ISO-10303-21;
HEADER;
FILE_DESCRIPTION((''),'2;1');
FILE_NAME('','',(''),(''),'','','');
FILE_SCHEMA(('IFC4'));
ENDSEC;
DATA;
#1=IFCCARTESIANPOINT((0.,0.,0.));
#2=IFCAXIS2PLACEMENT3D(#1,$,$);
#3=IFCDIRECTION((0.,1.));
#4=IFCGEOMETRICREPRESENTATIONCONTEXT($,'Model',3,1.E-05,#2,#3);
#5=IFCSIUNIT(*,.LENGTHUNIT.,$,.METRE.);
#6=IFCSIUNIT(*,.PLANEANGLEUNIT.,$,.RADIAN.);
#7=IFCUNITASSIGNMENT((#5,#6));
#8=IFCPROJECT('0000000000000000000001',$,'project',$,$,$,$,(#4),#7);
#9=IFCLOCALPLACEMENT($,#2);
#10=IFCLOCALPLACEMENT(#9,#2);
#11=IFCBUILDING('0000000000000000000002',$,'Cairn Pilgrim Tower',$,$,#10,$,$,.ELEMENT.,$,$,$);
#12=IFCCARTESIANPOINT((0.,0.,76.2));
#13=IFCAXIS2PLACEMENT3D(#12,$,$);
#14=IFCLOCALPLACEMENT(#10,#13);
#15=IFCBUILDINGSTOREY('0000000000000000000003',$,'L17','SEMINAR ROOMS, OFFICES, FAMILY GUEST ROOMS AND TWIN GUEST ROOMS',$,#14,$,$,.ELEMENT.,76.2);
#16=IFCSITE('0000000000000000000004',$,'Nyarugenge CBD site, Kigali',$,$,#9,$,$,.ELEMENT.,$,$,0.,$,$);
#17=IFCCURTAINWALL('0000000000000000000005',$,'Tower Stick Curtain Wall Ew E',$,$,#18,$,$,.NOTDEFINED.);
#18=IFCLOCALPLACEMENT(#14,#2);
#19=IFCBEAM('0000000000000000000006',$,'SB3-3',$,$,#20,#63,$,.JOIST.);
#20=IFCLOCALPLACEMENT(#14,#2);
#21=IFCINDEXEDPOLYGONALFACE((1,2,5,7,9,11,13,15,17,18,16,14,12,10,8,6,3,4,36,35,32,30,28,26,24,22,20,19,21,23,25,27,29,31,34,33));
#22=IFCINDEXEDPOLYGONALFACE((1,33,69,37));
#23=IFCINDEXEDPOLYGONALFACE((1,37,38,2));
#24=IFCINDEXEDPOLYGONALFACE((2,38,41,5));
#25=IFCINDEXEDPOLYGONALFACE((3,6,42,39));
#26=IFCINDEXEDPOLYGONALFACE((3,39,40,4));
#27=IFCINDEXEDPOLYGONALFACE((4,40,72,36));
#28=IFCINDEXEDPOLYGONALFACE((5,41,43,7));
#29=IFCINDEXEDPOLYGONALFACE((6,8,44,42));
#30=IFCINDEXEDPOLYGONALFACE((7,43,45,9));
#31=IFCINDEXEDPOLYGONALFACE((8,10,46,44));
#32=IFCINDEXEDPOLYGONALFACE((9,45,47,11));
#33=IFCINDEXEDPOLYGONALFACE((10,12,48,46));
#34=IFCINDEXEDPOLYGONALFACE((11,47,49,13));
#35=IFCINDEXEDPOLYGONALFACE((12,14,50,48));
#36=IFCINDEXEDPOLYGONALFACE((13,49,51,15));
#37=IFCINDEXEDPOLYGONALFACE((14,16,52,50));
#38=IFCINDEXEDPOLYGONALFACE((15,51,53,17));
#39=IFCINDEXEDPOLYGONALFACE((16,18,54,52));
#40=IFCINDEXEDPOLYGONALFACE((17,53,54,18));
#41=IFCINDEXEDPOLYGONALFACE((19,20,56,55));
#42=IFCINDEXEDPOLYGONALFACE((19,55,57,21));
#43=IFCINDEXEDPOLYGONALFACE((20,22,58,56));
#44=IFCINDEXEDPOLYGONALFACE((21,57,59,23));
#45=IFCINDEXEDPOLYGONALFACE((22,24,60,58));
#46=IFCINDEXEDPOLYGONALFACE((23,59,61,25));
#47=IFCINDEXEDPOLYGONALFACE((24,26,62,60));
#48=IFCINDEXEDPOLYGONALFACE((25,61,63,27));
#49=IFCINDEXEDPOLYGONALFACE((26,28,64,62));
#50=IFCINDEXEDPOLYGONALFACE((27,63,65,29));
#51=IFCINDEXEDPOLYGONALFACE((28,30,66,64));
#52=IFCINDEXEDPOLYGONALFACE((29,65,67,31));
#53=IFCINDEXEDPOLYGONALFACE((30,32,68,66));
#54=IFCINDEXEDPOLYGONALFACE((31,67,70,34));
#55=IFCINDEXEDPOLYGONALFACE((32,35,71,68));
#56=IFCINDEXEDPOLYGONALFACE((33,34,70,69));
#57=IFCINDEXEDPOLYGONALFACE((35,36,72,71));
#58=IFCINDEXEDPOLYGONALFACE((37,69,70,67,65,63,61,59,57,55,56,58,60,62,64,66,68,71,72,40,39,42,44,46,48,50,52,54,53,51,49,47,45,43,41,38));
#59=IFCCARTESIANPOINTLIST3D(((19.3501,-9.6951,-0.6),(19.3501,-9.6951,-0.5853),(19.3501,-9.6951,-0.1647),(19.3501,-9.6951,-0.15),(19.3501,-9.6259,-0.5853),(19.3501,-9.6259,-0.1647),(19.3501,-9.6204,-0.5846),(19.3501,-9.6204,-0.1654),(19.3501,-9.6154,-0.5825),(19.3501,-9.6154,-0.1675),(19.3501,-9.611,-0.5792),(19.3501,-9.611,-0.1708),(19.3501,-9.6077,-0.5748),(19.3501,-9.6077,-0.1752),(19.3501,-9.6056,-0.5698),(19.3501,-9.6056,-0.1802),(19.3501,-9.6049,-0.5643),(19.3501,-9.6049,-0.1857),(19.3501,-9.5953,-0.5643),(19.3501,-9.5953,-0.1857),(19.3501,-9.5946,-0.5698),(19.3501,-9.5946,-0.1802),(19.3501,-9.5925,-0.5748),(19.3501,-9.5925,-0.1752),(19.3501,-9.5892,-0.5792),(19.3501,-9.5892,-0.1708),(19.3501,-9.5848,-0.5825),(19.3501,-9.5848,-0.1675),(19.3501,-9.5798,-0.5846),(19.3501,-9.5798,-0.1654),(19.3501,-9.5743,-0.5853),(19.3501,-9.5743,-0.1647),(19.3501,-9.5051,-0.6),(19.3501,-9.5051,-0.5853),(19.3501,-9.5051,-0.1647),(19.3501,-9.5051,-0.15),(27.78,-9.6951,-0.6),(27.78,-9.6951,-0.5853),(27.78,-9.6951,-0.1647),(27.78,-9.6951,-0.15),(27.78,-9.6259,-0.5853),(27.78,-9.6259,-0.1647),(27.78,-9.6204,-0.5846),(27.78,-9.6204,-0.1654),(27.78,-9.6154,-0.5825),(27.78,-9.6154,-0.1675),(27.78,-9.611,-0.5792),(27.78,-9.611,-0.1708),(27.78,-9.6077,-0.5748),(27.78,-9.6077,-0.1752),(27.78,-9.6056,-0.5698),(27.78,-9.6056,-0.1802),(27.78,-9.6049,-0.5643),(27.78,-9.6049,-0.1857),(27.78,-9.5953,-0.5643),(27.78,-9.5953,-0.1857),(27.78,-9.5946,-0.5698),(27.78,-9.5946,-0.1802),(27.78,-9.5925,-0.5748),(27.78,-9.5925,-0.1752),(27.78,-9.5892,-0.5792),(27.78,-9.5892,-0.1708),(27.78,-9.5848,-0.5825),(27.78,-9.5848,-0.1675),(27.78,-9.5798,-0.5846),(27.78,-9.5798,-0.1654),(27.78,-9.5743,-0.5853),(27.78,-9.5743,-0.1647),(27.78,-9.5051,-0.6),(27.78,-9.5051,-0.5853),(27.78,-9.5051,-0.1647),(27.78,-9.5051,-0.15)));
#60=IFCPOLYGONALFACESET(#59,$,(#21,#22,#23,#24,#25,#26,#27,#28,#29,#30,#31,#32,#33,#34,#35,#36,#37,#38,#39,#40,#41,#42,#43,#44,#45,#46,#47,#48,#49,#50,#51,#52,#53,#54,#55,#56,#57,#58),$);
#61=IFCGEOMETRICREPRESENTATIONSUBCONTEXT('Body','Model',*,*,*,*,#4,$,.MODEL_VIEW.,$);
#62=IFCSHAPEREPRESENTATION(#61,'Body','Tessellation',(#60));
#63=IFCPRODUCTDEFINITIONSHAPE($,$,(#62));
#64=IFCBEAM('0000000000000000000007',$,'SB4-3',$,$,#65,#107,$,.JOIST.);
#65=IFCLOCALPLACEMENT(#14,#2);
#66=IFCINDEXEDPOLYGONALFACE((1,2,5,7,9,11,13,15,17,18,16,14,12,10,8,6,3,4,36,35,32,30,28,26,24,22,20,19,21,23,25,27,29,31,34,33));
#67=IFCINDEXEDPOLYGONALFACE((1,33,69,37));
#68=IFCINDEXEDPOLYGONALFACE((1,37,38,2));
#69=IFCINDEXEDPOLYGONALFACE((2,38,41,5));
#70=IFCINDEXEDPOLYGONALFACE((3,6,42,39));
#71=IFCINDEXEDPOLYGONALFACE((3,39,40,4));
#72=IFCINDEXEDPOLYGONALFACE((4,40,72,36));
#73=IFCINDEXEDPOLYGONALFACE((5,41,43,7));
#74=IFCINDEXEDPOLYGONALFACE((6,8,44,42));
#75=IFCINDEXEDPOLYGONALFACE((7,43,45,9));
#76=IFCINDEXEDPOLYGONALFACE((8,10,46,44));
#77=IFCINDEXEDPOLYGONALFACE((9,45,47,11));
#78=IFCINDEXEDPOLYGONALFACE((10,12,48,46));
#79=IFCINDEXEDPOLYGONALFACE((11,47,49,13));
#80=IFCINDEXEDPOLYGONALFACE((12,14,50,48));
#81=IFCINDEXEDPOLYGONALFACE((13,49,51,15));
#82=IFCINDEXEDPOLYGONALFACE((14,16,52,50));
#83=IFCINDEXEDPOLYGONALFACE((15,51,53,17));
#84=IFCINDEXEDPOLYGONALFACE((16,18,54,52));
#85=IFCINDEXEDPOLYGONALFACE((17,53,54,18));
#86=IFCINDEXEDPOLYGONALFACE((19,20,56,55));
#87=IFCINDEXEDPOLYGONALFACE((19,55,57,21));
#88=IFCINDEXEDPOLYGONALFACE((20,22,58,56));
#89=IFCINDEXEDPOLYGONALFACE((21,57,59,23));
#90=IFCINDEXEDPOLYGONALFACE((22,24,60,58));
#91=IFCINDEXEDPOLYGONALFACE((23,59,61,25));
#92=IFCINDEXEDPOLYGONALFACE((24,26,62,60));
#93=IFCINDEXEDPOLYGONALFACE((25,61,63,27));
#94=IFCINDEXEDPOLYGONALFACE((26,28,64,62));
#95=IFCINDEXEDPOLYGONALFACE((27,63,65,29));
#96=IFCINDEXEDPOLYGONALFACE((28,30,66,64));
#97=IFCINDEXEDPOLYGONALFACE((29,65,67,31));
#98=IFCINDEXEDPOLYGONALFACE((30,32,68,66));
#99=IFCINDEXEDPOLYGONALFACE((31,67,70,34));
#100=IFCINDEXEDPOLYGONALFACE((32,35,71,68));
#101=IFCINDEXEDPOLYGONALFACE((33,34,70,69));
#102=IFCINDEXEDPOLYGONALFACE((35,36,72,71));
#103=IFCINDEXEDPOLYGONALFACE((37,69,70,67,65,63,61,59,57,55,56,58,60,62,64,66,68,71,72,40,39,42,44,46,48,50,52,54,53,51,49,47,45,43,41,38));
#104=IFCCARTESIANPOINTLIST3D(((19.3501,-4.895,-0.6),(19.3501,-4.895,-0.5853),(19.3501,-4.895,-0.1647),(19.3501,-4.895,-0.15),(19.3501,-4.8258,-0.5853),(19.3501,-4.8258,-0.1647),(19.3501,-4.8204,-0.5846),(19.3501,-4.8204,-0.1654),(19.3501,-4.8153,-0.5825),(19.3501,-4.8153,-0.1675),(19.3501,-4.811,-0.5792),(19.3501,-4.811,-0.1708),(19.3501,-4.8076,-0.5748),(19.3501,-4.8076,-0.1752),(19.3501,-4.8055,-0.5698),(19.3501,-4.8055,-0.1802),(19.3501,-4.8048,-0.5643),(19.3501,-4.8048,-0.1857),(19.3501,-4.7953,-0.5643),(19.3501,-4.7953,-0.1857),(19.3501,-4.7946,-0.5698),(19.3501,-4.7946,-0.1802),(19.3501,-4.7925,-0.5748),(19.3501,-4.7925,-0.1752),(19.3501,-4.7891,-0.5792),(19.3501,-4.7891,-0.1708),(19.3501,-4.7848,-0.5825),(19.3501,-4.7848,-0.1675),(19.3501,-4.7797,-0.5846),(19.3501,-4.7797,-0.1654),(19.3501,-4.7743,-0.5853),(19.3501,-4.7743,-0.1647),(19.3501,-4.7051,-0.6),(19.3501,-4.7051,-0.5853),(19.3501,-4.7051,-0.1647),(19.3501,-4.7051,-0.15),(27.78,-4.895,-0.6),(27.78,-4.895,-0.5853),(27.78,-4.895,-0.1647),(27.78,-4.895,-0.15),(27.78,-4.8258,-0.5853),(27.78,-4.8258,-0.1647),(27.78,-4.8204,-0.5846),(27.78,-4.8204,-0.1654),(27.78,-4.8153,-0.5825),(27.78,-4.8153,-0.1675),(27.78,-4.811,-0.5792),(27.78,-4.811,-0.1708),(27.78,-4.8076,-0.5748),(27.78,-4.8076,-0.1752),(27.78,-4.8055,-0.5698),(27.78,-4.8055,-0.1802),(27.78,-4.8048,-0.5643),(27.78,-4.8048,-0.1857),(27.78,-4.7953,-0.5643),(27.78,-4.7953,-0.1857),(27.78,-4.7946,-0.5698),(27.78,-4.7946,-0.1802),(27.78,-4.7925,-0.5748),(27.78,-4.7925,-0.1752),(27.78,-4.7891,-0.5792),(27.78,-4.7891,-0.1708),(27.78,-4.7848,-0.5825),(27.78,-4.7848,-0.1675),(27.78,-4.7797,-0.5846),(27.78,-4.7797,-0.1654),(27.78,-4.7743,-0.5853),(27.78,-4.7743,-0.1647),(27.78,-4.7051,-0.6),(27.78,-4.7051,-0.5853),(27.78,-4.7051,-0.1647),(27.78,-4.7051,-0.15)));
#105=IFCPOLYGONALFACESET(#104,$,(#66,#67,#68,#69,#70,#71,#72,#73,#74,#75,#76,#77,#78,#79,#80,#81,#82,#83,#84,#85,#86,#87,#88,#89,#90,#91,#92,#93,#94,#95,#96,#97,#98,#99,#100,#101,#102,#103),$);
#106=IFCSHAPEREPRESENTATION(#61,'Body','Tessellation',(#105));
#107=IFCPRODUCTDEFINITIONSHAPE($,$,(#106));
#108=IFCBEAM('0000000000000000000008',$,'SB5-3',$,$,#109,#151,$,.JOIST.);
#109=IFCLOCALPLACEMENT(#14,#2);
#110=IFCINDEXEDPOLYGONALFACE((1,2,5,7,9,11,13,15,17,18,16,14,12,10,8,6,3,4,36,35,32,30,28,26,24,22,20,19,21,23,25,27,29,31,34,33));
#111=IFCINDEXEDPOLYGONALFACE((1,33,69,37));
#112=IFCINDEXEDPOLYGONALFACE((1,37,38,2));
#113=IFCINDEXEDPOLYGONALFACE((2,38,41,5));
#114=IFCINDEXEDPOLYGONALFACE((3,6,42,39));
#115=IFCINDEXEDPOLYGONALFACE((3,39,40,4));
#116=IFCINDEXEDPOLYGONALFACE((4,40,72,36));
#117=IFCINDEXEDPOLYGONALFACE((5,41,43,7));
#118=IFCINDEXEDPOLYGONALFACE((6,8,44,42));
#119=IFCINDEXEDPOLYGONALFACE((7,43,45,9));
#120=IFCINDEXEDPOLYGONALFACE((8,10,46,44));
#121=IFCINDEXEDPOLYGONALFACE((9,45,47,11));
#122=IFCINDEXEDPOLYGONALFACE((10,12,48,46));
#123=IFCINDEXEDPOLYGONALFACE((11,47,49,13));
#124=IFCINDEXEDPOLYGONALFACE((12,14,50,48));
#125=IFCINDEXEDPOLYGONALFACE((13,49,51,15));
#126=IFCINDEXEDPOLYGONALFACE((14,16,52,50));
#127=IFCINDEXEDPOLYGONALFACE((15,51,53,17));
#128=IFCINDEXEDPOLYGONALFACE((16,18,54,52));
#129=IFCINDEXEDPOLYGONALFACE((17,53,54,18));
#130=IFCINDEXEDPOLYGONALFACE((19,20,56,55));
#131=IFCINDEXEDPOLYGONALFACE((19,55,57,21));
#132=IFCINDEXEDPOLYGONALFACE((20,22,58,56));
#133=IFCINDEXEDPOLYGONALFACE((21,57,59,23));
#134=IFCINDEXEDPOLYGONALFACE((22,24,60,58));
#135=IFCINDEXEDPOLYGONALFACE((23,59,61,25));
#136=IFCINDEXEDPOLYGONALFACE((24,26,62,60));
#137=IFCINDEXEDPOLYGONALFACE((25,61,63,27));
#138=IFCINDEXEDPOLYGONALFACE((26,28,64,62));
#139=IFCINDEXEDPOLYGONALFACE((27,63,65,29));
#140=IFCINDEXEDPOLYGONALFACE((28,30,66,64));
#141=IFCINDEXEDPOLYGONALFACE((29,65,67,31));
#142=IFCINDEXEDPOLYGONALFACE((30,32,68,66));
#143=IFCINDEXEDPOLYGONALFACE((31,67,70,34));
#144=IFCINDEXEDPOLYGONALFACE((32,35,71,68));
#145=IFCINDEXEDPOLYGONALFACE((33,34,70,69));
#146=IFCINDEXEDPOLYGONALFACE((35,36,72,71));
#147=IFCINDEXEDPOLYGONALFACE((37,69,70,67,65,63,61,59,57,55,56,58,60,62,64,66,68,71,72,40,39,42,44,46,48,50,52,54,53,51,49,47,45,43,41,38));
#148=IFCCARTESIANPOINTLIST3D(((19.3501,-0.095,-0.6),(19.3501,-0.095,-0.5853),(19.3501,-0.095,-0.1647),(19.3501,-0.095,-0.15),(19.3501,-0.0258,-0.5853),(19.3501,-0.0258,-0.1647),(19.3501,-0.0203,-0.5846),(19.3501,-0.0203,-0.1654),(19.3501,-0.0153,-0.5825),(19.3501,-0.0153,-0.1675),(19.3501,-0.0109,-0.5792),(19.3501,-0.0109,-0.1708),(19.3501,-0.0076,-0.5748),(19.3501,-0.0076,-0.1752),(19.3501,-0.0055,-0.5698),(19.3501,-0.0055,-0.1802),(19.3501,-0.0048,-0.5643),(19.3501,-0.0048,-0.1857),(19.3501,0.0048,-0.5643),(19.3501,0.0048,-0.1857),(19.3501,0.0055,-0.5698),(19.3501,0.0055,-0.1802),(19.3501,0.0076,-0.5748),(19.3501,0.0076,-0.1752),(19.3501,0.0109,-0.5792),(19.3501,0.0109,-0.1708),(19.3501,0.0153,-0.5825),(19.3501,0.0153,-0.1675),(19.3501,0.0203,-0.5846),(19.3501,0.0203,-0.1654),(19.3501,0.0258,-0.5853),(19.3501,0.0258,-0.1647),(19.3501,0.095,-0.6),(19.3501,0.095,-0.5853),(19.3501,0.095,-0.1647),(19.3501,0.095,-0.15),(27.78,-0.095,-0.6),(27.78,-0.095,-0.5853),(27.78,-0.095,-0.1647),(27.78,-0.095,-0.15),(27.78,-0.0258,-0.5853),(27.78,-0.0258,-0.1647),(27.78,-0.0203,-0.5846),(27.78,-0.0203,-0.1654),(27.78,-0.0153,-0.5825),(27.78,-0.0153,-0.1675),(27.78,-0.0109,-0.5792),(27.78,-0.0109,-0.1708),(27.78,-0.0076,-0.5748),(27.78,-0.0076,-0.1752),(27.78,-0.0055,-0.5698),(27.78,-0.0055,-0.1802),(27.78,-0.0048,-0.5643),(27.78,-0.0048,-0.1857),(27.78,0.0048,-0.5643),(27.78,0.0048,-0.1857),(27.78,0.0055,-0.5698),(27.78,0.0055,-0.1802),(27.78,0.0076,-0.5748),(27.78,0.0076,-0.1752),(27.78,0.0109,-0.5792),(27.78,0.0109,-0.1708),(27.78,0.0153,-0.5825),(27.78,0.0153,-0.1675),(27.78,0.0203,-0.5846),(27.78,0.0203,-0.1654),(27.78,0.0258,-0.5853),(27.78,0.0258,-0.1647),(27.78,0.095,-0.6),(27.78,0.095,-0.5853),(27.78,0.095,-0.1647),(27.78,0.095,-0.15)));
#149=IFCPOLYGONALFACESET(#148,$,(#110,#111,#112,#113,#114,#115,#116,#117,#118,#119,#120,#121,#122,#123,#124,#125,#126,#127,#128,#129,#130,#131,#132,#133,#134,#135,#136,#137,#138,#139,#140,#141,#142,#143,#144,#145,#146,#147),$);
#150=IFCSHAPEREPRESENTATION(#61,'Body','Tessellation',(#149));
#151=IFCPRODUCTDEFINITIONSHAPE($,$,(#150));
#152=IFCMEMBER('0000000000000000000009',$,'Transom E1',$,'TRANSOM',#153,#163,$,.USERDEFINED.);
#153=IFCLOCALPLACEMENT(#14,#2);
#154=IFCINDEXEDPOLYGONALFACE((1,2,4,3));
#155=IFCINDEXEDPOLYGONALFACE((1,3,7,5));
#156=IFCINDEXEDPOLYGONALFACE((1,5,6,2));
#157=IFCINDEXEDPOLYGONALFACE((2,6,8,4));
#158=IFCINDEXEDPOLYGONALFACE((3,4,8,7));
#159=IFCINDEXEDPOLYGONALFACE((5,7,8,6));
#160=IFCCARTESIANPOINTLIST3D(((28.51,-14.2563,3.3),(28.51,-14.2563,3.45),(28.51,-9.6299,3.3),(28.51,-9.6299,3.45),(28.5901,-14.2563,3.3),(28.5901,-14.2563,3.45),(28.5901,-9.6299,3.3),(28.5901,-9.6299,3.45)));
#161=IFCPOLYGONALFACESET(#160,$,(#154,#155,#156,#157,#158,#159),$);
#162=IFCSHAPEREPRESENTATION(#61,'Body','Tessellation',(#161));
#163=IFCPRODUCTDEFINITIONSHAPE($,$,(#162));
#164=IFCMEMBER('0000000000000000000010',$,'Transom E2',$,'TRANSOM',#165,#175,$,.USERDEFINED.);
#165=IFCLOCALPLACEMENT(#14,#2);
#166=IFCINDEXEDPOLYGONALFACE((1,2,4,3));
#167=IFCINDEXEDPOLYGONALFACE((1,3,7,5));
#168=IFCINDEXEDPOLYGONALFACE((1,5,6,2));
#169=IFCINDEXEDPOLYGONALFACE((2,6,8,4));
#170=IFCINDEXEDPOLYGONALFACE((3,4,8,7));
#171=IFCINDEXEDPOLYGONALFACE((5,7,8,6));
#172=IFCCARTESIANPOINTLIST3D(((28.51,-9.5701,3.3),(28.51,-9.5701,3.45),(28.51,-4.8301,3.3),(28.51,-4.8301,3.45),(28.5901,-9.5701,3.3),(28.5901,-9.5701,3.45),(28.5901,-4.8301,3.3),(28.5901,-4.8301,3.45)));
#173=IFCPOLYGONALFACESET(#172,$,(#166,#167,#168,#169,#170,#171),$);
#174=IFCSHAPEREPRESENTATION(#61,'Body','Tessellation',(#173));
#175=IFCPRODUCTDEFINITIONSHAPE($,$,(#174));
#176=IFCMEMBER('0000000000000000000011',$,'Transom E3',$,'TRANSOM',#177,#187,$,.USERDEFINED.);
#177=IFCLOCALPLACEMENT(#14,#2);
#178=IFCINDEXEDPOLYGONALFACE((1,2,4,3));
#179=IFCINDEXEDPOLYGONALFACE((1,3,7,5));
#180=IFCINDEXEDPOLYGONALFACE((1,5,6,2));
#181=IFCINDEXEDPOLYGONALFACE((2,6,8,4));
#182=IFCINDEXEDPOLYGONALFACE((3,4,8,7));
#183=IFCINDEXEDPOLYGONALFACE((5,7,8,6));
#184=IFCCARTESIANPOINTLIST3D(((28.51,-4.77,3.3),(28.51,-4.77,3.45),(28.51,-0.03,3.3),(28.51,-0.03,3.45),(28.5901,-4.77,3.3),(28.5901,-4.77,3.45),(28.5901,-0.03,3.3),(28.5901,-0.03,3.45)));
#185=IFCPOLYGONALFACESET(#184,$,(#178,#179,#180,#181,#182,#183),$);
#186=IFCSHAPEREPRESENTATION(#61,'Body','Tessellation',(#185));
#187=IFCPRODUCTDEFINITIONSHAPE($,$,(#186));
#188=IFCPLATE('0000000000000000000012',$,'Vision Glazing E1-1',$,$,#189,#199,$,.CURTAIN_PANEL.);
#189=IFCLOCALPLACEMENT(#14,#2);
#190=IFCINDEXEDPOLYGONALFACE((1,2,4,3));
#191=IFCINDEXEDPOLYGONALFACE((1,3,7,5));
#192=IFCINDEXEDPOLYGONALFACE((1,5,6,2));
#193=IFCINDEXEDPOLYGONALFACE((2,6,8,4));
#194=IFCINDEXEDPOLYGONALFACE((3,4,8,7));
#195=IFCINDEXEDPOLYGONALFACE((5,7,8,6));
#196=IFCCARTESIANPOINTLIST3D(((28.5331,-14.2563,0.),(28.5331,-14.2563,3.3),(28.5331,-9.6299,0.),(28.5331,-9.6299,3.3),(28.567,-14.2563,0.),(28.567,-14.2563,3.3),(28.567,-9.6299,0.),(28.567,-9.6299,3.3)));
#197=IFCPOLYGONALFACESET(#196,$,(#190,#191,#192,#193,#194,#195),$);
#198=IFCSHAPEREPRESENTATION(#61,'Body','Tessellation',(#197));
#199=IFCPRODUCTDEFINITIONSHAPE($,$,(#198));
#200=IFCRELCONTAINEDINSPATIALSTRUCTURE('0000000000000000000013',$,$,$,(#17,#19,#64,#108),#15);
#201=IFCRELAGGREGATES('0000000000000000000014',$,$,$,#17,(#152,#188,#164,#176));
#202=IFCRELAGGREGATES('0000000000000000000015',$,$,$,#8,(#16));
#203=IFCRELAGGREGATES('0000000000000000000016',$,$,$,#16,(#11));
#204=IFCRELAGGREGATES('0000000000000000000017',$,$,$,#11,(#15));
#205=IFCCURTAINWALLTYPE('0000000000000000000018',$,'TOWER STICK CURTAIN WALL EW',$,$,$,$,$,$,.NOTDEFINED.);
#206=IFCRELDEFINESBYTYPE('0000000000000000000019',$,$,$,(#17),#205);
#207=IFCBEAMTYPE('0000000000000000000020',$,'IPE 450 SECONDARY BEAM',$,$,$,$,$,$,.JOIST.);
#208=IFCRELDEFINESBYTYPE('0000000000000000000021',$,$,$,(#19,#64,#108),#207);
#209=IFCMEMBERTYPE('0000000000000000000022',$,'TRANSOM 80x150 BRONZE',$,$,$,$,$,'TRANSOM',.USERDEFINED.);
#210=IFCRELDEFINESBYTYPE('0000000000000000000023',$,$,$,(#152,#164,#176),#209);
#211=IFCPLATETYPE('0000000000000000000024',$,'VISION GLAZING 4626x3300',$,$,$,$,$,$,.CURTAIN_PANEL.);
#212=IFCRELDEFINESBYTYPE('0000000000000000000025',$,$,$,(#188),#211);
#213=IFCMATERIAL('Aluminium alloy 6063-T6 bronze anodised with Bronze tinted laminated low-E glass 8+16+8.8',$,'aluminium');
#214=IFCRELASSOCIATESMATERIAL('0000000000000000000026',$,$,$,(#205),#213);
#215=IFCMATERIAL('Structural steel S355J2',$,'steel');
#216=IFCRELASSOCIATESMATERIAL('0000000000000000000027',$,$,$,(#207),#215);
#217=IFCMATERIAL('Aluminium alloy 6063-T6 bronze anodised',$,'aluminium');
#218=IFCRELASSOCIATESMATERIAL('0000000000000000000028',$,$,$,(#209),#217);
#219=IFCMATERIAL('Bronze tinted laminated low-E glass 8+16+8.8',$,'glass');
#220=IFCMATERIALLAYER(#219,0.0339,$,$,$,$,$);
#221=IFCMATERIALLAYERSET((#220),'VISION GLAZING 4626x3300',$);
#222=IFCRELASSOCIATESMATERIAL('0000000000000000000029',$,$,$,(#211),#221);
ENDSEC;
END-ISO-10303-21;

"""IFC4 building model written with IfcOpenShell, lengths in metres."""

from ifc_helpers import new_model, si_unit, direction, frame, origin, origin_2d, place, context, subcontext, project, spatial, rectangle, i_section, extrude, material, layer, layer_set, material_profile, profile_set, type_object, element, aggregate, save


model = new_model("IFC4")

# Units and contexts
model_context = context("Model", 3, precision=1e-05, world=origin(), true_north=direction((0.0, 1.0)))
body_context = subcontext(model_context, "Body", "Model", "MODEL_VIEW")
ifc_project = project(units=[si_unit("LENGTHUNIT", "METRE"), si_unit("PLANEANGLEUNIT", "RADIAN")], contexts=[model_context])

# Site, building, storey
site_placement = place(None, origin())
site = spatial("IfcSite", under=ifc_project, at=site_placement, Name="Nyarugenge CBD site, Kigali", CompositionType="ELEMENT", RefElevation=0.0)
building_placement = place(site_placement, origin())
building = spatial("IfcBuilding", under=site, at=building_placement, Name="Cairn Pilgrim Tower", CompositionType="ELEMENT")
storey_placement = place(building_placement, frame((0.0, 0.0, 76.2)))
storey = spatial("IfcBuildingStorey", under=building, at=storey_placement, Name="L17", Description="SEMINAR ROOMS, OFFICES, FAMILY GUEST ROOMS AND TWIN GUEST ROOMS", CompositionType="ELEMENT", Elevation=76.2)

# Curtain wall
ifc_material_1 = material(Name="Aluminium alloy 6063-T6 bronze anodised with Bronze tinted laminated low-E glass 8+16+8.8", Category="aluminium")
curtain_wall_type = type_object("IfcCurtainWallType", Name="TOWER STICK CURTAIN WALL EW", PredefinedType="NOTDEFINED", material=ifc_material_1)
curtain_wall_placement = place(storey_placement, origin())
curtain_wall = element("IfcCurtainWall", 1, at=curtain_wall_placement, inside=storey, type_object=curtain_wall_type, Name="Tower Stick Curtain Wall Ew E", PredefinedType="NOTDEFINED")
ifc_material_2 = material(Name="Aluminium alloy 6063-T6 bronze anodised", Category="aluminium")

# Beams
ifc_material_3 = material(Name="Structural steel S355J2", Category="steel")
ifc_material_profile_1 = material_profile(ifc_material_3, i_section(OverallWidth=0.1899, OverallDepth=0.45, WebThickness=0.0095, FlangeThickness=0.0146, FilletRadius=0.021, at=origin_2d()), Name="IPE 450")
ifc_profile_set_1 = profile_set([ifc_material_profile_1], Name="Structural steel S355J2")
beam_type_1 = type_object("IfcBeamType", Name="IPE 450 SECONDARY BEAM", PredefinedType="JOIST", material=ifc_profile_set_1)
for number, where, z_axis, x_axis, name in (
    (2, (19.3501, -9.6001, -0.375), (1.0, 0.0, 0.0), (0.0, 1.0, 0.0), "SB3-3"),
    (3, (19.3501, -4.8, -0.375), (1.0, 0.0, 0.0), (0.0, 1.0, 0.0), "SB4-3"),
    (4, (19.3501, 0.0, -0.375), (1.0, 0.0, 0.0), (0.0, 1.0, 0.0), "SB5-3"),
):
    element("IfcBeam", number, at=place(storey_placement, frame(where, z_axis=z_axis, x_axis=x_axis)), inside=storey, type_object=beam_type_1, Name=name, PredefinedType="JOIST", context=body_context, shape_type="SweptSolid", body=[
        extrude(i_section(OverallWidth=0.1899, OverallDepth=0.45, WebThickness=0.0095, FlangeThickness=0.0146, FilletRadius=0.021, at=origin_2d()), origin(), (0.0, 0.0, 1.0), 8.4299),
    ])

# Members
ifc_material_profile_2 = material_profile(ifc_material_2, rectangle(XDim=0.0801, YDim=0.1499, at=origin_2d()), Name="TRANSOM 80x150 BRONZE")
ifc_profile_set_2 = profile_set([ifc_material_profile_2], Name="Aluminium alloy 6063-T6 bronze anodised")
member_type_1 = type_object("IfcMemberType", Name="TRANSOM 80x150 BRONZE", ElementType="TRANSOM", PredefinedType="USERDEFINED", material=ifc_profile_set_2)
member_1_placement = place(storey_placement, frame((28.55, -14.2563, 3.375), z_axis=(0.0, 1.0, 0.0), x_axis=(-1.0, 0.0, 0.0)))
member_1 = element("IfcMember", 5, at=member_1_placement, type_object=member_type_1, Name="Transom E1", ObjectType="TRANSOM", PredefinedType="USERDEFINED", context=body_context, shape_type="SweptSolid", body=[
    extrude(rectangle(XDim=0.0801, YDim=0.1499, at=origin_2d()), origin(), (0.0, 0.0, 1.0), 4.6265),
])
member_2_placement = place(storey_placement, frame((28.55, -9.5701, 3.375), z_axis=(0.0, 1.0, 0.0), x_axis=(-1.0, 0.0, 0.0)))
member_2 = element("IfcMember", 6, at=member_2_placement, type_object=member_type_1, Name="Transom E2", ObjectType="TRANSOM", PredefinedType="USERDEFINED", context=body_context, shape_type="SweptSolid", body=[
    extrude(rectangle(XDim=0.0801, YDim=0.1499, at=origin_2d()), origin(), (0.0, 0.0, 1.0), 4.74),
])
member_3_placement = place(storey_placement, frame((28.55, -4.77, 3.375), z_axis=(0.0, 1.0, 0.0), x_axis=(-1.0, 0.0, 0.0)))
member_3 = element("IfcMember", 7, at=member_3_placement, type_object=member_type_1, Name="Transom E3", ObjectType="TRANSOM", PredefinedType="USERDEFINED", context=body_context, shape_type="SweptSolid", body=[
    extrude(rectangle(XDim=0.0801, YDim=0.1499, at=origin_2d()), origin(), (0.0, 0.0, 1.0), 4.74),
])

# Plate
ifc_material_4 = material(Name="Bronze tinted laminated low-E glass 8+16+8.8", Category="glass")
ifc_layer_1 = layer(ifc_material_4, 0.0339)
ifc_layer_set_1 = layer_set([ifc_layer_1], Name="VISION GLAZING 4626x3300")
plate_type_1 = type_object("IfcPlateType", Name="VISION GLAZING 4626x3300", PredefinedType="CURTAIN_PANEL", material=ifc_layer_set_1)
plate_1_placement = place(storey_placement, frame((28.55, -11.9431, 0.0), z_axis=(0.0, 0.0, 1.0), x_axis=(0.0, 1.0, 0.0)))
plate_1 = element("IfcPlate", 8, at=plate_1_placement, type_object=plate_type_1, Name="Vision Glazing E1-1", PredefinedType="CURTAIN_PANEL", context=body_context, shape_type="SweptSolid", body=[
    extrude(rectangle(XDim=4.6265, YDim=0.0339, at=origin_2d()), origin(), (0.0, 0.0, 1.0), 3.3),
])
aggregate(curtain_wall, [member_1, plate_1, member_2, member_3])

save(model, "model.ifc")
